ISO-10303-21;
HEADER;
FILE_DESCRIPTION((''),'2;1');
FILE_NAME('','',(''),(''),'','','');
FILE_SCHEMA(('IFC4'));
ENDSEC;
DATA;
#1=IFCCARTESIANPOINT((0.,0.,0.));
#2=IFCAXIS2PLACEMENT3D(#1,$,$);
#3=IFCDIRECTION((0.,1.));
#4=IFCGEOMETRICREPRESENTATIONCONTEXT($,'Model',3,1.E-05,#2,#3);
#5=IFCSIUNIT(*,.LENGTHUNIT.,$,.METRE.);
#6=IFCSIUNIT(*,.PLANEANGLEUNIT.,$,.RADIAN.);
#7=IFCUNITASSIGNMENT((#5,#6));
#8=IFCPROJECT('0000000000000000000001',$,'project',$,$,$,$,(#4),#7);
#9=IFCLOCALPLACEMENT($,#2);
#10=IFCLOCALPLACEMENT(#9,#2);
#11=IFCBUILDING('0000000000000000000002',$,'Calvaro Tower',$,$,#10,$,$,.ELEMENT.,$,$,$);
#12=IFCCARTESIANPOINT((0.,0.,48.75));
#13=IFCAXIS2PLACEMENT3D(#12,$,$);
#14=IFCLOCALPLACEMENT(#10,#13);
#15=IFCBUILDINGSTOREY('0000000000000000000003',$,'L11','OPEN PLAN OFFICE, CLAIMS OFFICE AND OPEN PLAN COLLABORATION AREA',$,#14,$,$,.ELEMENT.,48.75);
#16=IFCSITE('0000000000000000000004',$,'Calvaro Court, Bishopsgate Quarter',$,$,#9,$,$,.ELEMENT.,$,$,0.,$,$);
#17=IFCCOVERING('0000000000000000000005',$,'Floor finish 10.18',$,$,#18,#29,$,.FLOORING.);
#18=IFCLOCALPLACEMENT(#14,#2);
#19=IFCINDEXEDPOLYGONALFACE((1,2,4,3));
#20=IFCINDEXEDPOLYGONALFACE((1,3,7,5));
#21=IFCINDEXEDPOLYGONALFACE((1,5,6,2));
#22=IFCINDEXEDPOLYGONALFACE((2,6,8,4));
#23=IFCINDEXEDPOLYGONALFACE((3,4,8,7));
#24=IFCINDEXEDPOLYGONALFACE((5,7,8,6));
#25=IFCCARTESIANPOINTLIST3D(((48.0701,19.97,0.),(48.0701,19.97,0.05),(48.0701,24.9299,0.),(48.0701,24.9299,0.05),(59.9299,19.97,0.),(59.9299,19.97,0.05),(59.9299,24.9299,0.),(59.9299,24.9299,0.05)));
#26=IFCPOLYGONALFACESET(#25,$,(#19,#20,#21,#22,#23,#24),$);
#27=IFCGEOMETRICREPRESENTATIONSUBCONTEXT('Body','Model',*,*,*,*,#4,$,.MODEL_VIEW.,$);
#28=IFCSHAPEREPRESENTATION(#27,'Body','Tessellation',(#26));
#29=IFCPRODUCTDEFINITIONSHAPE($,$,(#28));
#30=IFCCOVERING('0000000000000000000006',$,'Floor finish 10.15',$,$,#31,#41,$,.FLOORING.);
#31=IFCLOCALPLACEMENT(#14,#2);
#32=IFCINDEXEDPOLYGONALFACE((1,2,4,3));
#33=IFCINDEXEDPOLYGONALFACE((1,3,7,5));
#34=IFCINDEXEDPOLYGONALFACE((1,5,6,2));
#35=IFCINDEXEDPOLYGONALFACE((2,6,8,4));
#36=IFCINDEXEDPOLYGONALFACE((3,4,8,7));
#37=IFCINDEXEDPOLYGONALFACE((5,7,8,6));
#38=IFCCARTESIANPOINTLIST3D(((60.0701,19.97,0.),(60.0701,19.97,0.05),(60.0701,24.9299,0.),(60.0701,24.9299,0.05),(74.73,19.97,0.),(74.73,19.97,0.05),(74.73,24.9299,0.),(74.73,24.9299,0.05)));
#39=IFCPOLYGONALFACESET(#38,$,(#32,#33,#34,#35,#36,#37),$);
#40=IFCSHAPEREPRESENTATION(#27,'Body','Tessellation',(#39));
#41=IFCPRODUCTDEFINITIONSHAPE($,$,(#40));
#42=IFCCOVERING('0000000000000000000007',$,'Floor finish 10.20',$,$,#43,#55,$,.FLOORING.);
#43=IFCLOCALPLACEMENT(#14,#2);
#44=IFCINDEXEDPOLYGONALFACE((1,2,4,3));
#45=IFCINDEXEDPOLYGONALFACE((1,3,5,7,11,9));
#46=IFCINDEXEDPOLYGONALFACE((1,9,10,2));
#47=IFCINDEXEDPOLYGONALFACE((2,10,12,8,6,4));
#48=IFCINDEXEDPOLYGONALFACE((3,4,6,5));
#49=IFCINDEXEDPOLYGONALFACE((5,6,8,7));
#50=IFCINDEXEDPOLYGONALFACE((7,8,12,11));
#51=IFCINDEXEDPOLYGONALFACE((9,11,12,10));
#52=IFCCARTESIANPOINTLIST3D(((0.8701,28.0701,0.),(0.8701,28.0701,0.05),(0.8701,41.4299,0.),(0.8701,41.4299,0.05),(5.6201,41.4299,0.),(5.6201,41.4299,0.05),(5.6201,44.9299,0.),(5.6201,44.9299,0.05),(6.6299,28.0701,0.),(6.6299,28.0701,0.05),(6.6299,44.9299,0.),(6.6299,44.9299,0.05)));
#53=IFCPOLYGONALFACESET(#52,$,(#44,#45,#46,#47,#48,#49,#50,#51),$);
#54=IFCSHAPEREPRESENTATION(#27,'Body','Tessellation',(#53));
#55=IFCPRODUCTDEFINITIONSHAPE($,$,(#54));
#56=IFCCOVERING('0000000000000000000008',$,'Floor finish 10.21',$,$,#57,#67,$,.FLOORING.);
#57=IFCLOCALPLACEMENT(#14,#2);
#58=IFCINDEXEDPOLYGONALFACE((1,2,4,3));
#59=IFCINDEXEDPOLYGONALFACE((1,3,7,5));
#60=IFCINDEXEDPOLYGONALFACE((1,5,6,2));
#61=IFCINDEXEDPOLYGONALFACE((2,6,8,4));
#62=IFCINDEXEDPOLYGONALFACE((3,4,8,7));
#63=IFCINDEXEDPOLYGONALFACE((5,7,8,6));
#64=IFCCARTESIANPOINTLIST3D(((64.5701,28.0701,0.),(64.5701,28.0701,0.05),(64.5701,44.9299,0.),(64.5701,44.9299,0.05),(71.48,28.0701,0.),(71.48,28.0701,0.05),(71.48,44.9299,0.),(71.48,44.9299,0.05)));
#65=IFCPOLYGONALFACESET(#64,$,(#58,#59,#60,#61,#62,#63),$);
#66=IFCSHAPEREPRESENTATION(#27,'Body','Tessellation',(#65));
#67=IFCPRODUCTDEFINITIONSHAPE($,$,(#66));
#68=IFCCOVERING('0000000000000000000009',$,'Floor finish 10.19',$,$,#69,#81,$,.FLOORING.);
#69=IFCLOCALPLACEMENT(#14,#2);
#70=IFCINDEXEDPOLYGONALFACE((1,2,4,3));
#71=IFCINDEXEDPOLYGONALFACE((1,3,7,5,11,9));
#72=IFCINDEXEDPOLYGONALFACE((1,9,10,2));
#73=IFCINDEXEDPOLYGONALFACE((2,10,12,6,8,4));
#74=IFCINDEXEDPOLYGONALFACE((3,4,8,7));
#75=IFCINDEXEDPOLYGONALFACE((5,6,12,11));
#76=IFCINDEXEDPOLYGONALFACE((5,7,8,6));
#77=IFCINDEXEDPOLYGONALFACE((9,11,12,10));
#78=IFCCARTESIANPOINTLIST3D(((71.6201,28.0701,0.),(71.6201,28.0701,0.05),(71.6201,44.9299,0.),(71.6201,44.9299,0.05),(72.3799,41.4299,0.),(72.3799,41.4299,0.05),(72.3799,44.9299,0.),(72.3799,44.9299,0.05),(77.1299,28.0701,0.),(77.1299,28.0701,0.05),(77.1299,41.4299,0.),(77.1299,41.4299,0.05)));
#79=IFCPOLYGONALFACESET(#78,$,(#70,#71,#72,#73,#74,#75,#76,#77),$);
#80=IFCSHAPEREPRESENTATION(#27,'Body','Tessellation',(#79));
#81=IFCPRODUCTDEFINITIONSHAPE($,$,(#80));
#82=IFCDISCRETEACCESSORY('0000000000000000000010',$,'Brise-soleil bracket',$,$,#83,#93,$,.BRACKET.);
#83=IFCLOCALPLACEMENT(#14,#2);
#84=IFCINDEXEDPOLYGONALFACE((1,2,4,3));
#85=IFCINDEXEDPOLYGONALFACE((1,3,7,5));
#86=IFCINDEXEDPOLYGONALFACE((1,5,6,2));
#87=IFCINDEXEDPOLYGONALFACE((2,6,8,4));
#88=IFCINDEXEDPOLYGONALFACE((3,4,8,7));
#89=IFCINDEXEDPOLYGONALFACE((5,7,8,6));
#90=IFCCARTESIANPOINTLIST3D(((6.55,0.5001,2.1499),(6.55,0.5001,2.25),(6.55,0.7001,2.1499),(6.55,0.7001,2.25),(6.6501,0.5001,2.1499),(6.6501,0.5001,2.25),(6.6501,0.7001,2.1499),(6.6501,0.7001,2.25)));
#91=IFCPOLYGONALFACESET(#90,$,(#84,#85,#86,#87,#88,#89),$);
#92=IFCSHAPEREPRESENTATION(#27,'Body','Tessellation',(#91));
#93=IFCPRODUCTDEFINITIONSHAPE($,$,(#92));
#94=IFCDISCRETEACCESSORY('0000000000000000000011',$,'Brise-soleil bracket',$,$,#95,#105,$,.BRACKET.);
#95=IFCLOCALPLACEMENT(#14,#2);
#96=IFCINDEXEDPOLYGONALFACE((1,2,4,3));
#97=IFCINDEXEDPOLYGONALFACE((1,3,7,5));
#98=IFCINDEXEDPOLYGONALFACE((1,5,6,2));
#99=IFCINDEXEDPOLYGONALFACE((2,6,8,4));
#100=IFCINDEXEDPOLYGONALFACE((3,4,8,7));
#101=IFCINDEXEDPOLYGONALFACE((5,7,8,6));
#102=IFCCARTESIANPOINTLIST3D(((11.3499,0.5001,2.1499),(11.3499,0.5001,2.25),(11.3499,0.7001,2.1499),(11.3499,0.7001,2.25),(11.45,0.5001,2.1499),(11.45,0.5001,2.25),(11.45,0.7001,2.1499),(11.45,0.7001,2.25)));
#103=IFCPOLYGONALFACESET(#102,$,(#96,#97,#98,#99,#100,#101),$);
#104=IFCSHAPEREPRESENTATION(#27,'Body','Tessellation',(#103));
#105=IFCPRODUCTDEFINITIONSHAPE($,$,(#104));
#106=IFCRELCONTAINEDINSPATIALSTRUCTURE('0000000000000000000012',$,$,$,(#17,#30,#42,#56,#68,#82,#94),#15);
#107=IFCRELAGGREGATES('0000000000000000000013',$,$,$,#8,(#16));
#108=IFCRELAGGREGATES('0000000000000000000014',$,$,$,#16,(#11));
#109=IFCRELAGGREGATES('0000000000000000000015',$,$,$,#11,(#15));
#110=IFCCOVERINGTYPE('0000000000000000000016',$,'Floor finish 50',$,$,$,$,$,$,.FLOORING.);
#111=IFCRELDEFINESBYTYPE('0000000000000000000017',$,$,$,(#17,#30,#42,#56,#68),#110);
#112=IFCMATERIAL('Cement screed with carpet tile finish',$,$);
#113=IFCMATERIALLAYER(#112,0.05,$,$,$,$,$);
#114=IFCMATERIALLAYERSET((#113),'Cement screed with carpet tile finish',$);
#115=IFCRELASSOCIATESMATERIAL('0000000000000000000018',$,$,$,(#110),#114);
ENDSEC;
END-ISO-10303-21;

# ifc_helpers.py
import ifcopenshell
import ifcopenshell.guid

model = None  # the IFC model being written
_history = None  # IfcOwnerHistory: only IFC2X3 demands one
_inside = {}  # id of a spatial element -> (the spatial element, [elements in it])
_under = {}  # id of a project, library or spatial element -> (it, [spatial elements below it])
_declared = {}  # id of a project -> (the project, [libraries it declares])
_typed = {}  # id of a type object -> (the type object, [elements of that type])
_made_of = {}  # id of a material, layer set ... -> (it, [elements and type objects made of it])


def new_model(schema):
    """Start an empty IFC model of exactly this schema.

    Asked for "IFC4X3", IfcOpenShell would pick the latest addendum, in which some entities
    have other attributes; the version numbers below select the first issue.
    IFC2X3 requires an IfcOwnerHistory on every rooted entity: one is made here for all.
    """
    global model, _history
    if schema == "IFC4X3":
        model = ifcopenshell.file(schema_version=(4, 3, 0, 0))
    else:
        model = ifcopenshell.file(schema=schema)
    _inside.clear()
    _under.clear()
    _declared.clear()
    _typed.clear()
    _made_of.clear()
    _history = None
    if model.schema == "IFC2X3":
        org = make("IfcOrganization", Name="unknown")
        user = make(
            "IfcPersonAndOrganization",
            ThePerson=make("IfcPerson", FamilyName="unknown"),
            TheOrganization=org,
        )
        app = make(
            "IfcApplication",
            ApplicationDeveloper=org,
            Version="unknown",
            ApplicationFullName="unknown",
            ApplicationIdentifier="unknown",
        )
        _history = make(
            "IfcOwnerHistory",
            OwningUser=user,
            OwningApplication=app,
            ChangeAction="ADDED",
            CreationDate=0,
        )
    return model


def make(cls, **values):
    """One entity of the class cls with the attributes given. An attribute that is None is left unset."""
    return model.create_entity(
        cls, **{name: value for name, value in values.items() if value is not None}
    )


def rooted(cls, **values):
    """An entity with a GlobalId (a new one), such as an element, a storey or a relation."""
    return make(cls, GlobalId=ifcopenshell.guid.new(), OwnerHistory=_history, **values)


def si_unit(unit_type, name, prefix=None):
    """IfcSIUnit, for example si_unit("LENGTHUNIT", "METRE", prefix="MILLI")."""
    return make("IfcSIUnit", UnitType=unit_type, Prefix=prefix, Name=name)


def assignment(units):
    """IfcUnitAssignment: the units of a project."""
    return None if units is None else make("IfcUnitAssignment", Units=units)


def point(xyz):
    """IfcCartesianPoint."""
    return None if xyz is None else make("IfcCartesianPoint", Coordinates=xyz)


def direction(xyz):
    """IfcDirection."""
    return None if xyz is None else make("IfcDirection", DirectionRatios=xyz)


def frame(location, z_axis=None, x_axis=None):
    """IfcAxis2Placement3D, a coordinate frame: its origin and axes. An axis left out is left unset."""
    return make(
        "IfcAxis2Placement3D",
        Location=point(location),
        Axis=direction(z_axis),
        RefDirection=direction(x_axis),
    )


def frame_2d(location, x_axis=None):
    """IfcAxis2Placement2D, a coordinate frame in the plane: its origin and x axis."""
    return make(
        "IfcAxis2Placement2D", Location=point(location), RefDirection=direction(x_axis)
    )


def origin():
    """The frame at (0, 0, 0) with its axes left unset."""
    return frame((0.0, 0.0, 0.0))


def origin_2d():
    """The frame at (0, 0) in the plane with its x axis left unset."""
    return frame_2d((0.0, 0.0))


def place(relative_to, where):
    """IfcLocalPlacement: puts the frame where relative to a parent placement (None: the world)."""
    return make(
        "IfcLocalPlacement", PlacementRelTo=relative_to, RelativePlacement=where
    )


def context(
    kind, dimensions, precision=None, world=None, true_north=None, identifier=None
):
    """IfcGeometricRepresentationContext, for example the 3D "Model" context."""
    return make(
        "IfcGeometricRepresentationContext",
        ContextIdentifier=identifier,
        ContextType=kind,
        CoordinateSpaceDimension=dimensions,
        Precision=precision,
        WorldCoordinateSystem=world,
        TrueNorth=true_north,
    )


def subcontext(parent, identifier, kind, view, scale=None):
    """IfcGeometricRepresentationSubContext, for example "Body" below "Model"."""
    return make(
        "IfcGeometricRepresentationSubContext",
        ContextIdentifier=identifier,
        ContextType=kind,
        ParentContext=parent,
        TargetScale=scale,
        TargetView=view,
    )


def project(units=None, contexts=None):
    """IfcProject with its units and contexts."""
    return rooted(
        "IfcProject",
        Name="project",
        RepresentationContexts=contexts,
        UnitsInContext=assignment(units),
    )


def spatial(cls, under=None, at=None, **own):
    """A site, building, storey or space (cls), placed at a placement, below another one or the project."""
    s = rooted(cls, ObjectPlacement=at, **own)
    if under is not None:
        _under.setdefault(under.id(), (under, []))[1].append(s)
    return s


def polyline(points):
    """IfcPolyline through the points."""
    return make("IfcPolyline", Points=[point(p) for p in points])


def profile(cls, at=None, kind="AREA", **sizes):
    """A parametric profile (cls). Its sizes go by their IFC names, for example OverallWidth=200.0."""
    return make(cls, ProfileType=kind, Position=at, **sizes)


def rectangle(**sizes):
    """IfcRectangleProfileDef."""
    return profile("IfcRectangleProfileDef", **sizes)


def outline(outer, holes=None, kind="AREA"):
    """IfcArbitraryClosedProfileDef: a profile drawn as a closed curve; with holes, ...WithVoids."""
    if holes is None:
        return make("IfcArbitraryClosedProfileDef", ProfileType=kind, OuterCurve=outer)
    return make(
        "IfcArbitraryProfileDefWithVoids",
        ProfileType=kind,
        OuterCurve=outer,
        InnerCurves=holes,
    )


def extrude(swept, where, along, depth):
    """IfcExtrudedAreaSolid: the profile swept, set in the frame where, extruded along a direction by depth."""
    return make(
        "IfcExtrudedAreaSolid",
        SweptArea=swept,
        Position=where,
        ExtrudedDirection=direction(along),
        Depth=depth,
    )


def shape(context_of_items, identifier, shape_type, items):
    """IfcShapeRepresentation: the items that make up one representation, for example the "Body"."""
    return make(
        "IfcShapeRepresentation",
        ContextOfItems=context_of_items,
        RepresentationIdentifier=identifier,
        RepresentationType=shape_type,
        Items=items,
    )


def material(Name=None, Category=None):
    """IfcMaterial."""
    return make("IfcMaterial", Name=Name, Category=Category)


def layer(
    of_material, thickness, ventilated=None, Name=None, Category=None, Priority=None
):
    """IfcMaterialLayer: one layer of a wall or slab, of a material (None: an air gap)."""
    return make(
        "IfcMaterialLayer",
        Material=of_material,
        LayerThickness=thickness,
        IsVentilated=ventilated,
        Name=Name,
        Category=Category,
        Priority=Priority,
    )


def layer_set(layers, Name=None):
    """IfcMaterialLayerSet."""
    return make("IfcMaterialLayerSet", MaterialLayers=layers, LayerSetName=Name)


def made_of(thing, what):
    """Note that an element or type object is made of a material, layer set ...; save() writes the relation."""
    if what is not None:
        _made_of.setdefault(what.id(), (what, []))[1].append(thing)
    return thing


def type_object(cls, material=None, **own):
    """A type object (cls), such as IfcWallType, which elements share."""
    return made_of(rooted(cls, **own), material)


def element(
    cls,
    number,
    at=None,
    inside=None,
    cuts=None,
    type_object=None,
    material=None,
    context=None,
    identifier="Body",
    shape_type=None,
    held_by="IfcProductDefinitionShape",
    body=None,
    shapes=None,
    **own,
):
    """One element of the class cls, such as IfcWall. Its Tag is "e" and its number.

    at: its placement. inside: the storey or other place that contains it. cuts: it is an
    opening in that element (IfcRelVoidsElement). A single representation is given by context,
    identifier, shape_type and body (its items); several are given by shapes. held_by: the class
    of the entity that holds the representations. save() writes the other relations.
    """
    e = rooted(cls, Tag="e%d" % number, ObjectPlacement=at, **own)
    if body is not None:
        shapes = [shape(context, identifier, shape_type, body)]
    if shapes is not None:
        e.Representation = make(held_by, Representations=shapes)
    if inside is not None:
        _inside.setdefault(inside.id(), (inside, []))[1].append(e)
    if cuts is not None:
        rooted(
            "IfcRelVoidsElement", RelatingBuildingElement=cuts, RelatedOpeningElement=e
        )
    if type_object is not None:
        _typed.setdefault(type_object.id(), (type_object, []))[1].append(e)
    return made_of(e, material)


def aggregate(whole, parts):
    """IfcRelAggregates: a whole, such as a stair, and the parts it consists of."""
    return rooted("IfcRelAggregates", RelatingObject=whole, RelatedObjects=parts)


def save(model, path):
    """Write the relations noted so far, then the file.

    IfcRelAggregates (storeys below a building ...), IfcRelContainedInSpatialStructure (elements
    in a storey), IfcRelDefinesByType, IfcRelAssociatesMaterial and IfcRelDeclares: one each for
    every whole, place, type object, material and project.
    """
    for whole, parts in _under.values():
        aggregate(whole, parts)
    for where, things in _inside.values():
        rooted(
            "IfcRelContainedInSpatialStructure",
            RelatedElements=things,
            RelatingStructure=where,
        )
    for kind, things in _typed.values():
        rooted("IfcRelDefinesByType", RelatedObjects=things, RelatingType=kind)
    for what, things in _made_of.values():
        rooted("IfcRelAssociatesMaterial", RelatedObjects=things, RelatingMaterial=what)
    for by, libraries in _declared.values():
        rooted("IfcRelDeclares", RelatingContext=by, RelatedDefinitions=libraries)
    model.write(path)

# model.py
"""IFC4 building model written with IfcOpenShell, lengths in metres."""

from ifc_helpers import new_model, si_unit, direction, frame, origin, origin_2d, place, context, subcontext, project, spatial, polyline, rectangle, outline, extrude, material, layer, layer_set, type_object, element, save


model = new_model("IFC4")

# Units and contexts
model_context = context("Model", 3, precision=1e-05, world=origin(), true_north=direction((0.0, 1.0)))
body_context = subcontext(model_context, "Body", "Model", "MODEL_VIEW")
ifc_project = project(units=[si_unit("LENGTHUNIT", "METRE"), si_unit("PLANEANGLEUNIT", "RADIAN")], contexts=[model_context])

# Site, building, storey
site_placement = place(None, origin())
site = spatial("IfcSite", under=ifc_project, at=site_placement, Name="Calvaro Court, Bishopsgate Quarter", CompositionType="ELEMENT", RefElevation=0.0)
building_placement = place(site_placement, origin())
building = spatial("IfcBuilding", under=site, at=building_placement, Name="Calvaro Tower", CompositionType="ELEMENT")
storey_placement = place(building_placement, frame((0.0, 0.0, 48.75)))
storey = spatial("IfcBuildingStorey", under=building, at=storey_placement, Name="L11", Description="OPEN PLAN OFFICE, CLAIMS OFFICE AND OPEN PLAN COLLABORATION AREA", CompositionType="ELEMENT", Elevation=48.75)

# Coverings
ifc_material_1 = material(Name="Cement screed with carpet tile finish")
ifc_layer_1 = layer(ifc_material_1, 0.05)
ifc_layer_set_1 = layer_set([ifc_layer_1], Name="Cement screed with carpet tile finish")
covering_type = type_object("IfcCoveringType", Name="Floor finish 50", PredefinedType="FLOORING", material=ifc_layer_set_1)
covering_1_placement = place(storey_placement, origin())
element("IfcCovering", 1, at=covering_1_placement, inside=storey, type_object=covering_type, Name="Floor finish 10.18", PredefinedType="FLOORING", context=body_context, shape_type="SweptSolid", body=[
    extrude(outline(polyline([(48.0701, 19.97), (48.0701, 24.9299), (59.9299, 24.9299), (59.9299, 19.97), (48.0701, 19.97)])), origin(), (0.0, 0.0, 1.0), 0.05),
])
covering_2_placement = place(storey_placement, origin())
element("IfcCovering", 2, at=covering_2_placement, inside=storey, type_object=covering_type, Name="Floor finish 10.15", PredefinedType="FLOORING", context=body_context, shape_type="SweptSolid", body=[
    extrude(outline(polyline([(60.0701, 19.97), (60.0701, 24.9299), (74.73, 24.9299), (74.73, 19.97), (60.0701, 19.97)])), origin(), (0.0, 0.0, 1.0), 0.05),
])
covering_3_placement = place(storey_placement, origin())
element("IfcCovering", 3, at=covering_3_placement, inside=storey, type_object=covering_type, Name="Floor finish 10.20", PredefinedType="FLOORING", context=body_context, shape_type="SweptSolid", body=[
    extrude(outline(polyline([(6.6299, 28.0701), (0.8701, 28.0701), (0.8701, 41.4299), (5.6201, 41.4299), (5.6201, 44.9299), (6.6299, 44.9299), (6.6299, 28.0701)])), origin(), (0.0, 0.0, 1.0), 0.05),
])
covering_4_placement = place(storey_placement, origin())
element("IfcCovering", 4, at=covering_4_placement, inside=storey, type_object=covering_type, Name="Floor finish 10.21", PredefinedType="FLOORING", context=body_context, shape_type="SweptSolid", body=[
    extrude(outline(polyline([(71.48, 28.0701), (64.5701, 28.0701), (64.5701, 44.9299), (71.48, 44.9299), (71.48, 28.0701)])), origin(), (0.0, 0.0, 1.0), 0.05),
])
covering_5_placement = place(storey_placement, origin())
element("IfcCovering", 5, at=covering_5_placement, inside=storey, type_object=covering_type, Name="Floor finish 10.19", PredefinedType="FLOORING", context=body_context, shape_type="SweptSolid", body=[
    extrude(outline(polyline([(77.1299, 28.0701), (71.6201, 28.0701), (71.6201, 44.9299), (72.3799, 44.9299), (72.3799, 41.4299), (77.1299, 41.4299), (77.1299, 28.0701)])), origin(), (0.0, 0.0, 1.0), 0.05),
])

# Discrete accessories
for number, where, z_axis, x_axis, name in (
    (6, (6.6001, 0.6001, 2.1499), (0.0, 0.0, 1.0), (1.0, 0.0, 0.0), "Brise-soleil bracket"),
    (7, (11.3999, 0.6001, 2.1499), (0.0, 0.0, 1.0), (1.0, 0.0, 0.0), "Brise-soleil bracket"),
):
    element("IfcDiscreteAccessory", number, at=place(storey_placement, frame(where, z_axis=z_axis, x_axis=x_axis)), inside=storey, Name=name, PredefinedType="BRACKET", context=body_context, shape_type="SweptSolid", body=[
        extrude(rectangle(XDim=0.1001, YDim=0.2, at=origin_2d()), origin(), (0.0, 0.0, 1.0), 0.1001),
    ])

save(model, "model.ifc")
